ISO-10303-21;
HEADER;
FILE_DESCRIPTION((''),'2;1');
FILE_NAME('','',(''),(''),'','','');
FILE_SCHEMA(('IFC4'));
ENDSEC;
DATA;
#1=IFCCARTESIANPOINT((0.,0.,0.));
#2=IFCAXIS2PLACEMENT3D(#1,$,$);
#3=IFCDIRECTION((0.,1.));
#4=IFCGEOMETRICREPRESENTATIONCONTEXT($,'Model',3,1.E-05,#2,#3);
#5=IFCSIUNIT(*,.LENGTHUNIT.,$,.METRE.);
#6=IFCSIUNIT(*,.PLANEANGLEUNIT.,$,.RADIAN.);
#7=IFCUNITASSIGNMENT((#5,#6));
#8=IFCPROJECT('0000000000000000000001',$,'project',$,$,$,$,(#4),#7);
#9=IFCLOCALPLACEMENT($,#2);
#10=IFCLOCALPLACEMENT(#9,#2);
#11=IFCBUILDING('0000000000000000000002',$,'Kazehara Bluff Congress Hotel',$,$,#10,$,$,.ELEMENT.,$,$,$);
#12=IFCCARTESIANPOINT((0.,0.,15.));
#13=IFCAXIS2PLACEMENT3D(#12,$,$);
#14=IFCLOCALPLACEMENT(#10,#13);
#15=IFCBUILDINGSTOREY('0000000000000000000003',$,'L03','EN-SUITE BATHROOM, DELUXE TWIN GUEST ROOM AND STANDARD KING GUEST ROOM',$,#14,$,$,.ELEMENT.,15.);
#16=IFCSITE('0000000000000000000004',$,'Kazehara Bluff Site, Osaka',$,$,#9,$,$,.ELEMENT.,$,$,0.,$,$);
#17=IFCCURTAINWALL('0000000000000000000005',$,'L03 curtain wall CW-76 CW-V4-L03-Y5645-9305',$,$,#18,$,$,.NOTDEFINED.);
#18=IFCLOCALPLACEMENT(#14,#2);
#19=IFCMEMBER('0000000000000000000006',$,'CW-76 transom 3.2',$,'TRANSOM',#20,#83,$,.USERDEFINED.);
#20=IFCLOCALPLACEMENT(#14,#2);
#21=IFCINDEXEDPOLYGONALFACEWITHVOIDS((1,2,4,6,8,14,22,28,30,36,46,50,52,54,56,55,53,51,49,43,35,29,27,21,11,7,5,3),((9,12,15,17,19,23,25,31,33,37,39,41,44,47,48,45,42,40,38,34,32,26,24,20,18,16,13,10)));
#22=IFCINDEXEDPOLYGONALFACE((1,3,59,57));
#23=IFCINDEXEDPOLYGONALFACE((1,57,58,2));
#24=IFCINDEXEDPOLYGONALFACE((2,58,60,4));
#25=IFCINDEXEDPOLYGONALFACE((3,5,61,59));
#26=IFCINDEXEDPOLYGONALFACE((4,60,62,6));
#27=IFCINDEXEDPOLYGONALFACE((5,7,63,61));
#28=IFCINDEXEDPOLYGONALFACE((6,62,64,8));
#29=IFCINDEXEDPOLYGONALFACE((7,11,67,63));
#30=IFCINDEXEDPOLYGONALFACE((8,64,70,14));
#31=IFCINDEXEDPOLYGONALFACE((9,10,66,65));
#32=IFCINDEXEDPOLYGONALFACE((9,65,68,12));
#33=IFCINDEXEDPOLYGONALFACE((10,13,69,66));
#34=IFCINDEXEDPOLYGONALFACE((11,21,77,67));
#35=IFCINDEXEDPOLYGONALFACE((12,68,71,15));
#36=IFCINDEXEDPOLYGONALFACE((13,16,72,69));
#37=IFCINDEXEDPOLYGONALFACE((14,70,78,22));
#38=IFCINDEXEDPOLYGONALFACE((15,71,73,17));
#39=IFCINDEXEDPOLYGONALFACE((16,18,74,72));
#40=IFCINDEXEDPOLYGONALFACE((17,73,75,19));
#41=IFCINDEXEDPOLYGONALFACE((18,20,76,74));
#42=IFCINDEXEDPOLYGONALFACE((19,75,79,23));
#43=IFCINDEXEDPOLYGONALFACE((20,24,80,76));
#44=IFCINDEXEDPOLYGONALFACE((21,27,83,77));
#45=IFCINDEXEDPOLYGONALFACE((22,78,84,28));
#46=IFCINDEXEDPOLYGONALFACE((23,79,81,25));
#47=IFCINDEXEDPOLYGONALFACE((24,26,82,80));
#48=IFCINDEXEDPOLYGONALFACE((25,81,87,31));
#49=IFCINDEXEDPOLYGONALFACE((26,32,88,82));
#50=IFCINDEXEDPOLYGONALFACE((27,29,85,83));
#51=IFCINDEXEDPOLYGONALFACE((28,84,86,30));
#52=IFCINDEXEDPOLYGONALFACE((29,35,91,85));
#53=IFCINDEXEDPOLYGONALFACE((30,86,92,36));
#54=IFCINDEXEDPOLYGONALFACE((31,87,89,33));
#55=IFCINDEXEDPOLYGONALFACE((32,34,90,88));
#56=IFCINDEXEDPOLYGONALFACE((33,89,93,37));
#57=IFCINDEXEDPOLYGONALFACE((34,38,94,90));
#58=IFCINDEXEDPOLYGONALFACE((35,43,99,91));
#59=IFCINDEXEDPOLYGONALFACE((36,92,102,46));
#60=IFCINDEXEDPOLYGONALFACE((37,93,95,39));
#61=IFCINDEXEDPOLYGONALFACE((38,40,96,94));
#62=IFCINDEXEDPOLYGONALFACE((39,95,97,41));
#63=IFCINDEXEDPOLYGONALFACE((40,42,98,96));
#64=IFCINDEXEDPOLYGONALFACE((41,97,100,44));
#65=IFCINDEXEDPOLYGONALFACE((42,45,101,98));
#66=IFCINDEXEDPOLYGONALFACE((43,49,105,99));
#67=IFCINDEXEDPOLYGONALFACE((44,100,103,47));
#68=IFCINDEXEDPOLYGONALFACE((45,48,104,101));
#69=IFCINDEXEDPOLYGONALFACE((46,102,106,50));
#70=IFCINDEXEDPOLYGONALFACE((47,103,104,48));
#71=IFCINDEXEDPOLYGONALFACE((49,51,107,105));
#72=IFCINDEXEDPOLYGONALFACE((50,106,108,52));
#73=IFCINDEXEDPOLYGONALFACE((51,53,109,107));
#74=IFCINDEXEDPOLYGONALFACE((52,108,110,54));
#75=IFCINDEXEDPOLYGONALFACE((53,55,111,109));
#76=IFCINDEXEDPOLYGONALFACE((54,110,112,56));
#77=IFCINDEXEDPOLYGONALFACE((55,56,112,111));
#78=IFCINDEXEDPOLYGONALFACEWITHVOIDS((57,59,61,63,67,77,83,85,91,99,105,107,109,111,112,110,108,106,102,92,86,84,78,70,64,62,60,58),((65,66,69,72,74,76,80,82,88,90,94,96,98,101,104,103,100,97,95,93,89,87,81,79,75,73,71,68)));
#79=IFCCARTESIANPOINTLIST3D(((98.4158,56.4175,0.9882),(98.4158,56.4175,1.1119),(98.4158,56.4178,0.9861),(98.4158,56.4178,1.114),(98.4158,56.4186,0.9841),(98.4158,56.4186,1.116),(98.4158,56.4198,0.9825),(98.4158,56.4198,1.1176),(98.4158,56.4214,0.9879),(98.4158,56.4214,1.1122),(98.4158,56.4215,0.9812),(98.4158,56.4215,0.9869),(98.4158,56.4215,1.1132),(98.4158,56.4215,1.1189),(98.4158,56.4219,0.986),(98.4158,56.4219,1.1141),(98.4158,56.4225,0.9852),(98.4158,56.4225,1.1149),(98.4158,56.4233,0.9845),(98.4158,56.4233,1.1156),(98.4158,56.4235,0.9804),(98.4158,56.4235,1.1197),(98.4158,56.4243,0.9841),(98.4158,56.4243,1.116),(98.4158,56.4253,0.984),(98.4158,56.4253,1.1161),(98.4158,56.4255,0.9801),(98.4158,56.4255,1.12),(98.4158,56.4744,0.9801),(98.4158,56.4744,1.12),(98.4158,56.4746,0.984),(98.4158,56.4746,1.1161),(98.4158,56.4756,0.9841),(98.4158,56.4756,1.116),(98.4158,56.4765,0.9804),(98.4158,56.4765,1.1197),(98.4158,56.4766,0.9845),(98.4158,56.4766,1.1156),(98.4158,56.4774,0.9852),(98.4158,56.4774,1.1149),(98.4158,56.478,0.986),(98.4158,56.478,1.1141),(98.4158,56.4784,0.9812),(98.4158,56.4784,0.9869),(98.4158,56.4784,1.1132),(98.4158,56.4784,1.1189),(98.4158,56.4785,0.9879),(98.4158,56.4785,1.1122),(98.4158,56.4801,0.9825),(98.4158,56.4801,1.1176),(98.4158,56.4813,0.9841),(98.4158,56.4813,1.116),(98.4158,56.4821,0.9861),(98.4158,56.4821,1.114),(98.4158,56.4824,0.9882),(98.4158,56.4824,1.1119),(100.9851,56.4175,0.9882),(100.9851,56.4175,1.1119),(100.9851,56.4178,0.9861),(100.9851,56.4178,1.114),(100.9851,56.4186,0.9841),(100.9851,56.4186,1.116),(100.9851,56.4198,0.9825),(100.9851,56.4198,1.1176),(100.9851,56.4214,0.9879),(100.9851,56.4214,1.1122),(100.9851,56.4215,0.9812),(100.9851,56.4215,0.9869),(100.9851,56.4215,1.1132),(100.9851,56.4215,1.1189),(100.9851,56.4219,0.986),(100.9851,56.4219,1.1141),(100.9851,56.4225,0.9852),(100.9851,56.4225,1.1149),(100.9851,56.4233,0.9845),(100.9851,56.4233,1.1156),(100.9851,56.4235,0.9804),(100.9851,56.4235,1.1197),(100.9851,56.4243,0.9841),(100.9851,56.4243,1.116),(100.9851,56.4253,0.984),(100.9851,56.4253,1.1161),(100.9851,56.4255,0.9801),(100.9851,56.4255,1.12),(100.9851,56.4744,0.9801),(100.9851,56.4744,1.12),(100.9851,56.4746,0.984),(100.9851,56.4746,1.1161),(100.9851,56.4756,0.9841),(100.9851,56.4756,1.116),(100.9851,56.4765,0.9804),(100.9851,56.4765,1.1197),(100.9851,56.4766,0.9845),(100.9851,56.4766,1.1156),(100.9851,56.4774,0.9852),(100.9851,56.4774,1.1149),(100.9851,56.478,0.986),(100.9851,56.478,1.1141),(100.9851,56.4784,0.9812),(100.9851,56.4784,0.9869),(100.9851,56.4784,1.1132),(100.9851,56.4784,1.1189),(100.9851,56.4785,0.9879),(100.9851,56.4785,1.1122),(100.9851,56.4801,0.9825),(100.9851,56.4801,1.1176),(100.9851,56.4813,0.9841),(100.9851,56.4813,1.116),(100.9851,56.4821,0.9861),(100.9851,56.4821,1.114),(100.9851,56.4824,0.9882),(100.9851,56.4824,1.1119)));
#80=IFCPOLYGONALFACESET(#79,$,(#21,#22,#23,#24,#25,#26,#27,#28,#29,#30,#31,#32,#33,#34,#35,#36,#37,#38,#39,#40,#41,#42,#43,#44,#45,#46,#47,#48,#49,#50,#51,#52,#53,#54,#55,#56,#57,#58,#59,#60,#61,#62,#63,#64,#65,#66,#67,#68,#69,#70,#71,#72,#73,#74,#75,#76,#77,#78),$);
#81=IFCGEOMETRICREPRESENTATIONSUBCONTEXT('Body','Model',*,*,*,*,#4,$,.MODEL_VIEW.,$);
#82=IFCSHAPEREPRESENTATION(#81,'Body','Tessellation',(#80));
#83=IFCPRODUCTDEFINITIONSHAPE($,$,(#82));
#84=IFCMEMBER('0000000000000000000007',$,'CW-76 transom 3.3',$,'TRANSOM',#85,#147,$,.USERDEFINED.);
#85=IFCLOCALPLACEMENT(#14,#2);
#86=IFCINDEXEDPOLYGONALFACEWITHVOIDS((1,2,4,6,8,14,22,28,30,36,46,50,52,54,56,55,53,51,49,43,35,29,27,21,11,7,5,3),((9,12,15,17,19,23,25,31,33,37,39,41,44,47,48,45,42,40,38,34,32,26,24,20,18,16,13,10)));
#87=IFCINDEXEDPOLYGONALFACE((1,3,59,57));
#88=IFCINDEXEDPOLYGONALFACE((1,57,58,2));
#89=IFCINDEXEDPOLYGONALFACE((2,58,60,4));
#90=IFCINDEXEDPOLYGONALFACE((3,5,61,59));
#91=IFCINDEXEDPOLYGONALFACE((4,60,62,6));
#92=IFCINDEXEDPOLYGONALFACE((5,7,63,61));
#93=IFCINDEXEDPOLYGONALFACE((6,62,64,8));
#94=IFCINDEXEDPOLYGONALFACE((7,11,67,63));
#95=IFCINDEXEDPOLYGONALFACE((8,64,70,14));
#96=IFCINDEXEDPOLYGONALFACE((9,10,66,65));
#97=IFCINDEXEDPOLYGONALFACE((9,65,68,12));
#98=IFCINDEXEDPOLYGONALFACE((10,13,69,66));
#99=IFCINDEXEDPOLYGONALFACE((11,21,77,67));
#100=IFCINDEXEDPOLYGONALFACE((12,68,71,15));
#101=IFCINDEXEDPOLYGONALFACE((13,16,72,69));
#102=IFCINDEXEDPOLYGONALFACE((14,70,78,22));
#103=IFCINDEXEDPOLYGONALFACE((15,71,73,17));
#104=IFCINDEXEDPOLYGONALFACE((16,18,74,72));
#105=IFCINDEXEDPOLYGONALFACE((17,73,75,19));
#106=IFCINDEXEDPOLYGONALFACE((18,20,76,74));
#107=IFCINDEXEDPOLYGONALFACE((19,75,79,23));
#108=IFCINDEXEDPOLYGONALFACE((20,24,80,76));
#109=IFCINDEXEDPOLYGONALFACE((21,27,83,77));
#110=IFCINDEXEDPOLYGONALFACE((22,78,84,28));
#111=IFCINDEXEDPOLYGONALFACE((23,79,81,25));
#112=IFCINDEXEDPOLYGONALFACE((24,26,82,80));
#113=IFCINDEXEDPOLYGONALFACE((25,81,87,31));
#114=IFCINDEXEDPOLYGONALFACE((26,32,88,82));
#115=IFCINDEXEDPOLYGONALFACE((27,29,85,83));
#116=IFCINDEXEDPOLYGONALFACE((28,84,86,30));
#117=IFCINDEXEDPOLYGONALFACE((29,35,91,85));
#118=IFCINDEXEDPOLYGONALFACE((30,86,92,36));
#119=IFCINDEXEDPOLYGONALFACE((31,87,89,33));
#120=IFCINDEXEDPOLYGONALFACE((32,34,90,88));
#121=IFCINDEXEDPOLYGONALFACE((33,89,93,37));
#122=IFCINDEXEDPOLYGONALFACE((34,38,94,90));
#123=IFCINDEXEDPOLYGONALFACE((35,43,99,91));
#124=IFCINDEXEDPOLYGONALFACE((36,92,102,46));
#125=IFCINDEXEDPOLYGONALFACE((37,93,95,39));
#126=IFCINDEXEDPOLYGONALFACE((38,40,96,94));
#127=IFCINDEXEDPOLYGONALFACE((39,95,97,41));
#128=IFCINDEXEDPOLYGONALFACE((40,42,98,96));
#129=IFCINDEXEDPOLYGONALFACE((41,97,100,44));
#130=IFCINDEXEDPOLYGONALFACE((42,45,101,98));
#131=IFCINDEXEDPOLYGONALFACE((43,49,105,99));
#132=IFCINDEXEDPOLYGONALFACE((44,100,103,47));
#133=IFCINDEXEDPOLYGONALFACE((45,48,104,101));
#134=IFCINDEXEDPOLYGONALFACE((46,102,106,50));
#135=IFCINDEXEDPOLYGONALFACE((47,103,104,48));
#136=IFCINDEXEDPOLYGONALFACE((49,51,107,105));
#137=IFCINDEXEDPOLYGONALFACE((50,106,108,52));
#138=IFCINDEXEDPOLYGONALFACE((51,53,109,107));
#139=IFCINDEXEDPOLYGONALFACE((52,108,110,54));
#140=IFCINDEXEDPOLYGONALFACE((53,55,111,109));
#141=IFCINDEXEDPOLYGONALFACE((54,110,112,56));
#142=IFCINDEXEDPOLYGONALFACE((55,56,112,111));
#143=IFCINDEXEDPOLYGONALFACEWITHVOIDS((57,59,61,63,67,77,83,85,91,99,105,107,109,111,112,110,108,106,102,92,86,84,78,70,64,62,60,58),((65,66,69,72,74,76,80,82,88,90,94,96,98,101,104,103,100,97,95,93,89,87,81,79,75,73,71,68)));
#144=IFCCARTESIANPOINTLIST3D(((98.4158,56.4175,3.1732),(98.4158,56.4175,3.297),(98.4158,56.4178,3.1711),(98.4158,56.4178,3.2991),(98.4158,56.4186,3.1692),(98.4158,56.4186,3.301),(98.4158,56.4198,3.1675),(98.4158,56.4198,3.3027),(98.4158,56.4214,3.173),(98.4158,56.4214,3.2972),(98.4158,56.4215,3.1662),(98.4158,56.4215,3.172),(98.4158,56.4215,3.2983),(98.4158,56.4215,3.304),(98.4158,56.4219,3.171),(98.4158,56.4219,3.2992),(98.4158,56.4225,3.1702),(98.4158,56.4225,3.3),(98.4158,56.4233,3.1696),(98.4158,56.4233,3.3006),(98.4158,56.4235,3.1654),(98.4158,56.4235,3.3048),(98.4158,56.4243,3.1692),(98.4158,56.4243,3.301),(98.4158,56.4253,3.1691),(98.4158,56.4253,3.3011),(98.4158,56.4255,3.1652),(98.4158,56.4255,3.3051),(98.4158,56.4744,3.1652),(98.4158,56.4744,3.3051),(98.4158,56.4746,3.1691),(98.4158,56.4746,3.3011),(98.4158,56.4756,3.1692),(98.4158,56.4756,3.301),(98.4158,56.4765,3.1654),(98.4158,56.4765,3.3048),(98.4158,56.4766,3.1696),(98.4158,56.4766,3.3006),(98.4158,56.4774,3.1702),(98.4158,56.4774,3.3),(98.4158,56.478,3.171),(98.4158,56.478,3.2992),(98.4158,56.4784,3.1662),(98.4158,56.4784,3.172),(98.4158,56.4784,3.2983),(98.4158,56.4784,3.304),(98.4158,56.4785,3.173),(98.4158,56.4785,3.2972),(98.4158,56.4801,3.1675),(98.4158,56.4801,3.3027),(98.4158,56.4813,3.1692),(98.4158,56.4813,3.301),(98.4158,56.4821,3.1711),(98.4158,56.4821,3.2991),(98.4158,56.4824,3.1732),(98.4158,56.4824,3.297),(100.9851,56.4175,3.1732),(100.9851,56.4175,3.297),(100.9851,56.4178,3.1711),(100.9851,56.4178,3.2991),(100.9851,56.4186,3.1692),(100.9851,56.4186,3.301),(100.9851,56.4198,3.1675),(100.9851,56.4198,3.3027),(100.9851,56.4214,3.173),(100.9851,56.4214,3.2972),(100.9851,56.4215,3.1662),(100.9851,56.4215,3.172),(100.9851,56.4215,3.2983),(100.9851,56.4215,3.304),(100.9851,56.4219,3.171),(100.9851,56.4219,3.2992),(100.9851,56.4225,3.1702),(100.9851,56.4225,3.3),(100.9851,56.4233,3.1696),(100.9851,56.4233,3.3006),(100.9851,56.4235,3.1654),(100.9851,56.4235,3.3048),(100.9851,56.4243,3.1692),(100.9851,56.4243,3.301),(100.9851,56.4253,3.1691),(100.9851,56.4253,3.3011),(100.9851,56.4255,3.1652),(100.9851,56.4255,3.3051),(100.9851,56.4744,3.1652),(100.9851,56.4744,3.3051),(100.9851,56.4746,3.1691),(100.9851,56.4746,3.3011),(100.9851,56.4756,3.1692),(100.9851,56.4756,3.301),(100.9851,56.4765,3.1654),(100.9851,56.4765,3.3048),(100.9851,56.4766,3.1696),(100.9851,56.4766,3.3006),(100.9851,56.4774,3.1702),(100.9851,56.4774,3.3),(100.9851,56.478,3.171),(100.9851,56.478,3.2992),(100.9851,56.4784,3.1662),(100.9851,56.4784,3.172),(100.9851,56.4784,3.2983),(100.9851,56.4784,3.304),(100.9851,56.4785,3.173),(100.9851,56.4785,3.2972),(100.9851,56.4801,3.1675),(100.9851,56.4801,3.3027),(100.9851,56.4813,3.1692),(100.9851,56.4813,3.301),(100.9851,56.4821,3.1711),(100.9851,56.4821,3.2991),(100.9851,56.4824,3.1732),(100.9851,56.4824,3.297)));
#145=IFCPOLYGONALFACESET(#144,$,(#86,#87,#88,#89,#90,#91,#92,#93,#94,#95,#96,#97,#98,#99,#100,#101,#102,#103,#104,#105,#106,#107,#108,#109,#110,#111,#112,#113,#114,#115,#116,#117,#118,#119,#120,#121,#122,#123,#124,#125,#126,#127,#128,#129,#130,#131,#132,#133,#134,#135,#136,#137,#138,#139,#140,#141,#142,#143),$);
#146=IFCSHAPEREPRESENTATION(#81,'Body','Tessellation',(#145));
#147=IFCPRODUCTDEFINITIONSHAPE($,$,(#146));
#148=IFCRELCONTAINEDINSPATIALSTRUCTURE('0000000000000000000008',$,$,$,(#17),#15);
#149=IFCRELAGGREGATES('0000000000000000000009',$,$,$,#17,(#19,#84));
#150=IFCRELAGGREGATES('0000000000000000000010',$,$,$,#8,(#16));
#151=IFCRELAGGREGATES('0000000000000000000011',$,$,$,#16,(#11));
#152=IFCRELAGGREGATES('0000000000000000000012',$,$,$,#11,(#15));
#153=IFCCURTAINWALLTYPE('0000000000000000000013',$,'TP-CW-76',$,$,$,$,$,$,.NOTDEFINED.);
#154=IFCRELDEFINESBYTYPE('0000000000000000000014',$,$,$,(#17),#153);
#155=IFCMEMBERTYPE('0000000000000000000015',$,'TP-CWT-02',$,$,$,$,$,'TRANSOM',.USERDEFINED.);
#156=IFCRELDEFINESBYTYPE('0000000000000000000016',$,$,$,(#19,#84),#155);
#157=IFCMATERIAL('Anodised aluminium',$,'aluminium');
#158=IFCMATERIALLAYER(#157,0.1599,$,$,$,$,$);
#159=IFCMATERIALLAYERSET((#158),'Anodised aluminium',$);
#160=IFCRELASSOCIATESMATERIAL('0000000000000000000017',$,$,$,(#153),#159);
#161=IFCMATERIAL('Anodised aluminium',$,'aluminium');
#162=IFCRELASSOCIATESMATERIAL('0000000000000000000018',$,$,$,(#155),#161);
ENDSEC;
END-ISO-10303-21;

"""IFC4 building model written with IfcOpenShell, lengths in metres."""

from ifc_helpers import new_model, si_unit, direction, frame, origin, origin_2d, place, context, subcontext, project, spatial, hollow_rectangle, extrude, material, layer, layer_set, material_profile, profile_set, type_object, element, aggregate, save


model = new_model("IFC4")

# Units and contexts
model_context = context("Model", 3, precision=1e-05, world=origin(), true_north=direction((0.0, 1.0)))
body_context = subcontext(model_context, "Body", "Model", "MODEL_VIEW")
ifc_project = project(units=[si_unit("LENGTHUNIT", "METRE"), si_unit("PLANEANGLEUNIT", "RADIAN")], contexts=[model_context])

# Site, building, storey
site_placement = place(None, origin())
site = spatial("IfcSite", under=ifc_project, at=site_placement, Name="Kazehara Bluff Site, Osaka", CompositionType="ELEMENT", RefElevation=0.0)
building_placement = place(site_placement, origin())
building = spatial("IfcBuilding", under=site, at=building_placement, Name="Kazehara Bluff Congress Hotel", CompositionType="ELEMENT")
storey_placement = place(building_placement, frame((0.0, 0.0, 15.0)))
storey = spatial("IfcBuildingStorey", under=building, at=storey_placement, Name="L03", Description="EN-SUITE BATHROOM, DELUXE TWIN GUEST ROOM AND STANDARD KING GUEST ROOM", CompositionType="ELEMENT", Elevation=15.0)

# Curtain wall, members
ifc_material_1 = material(Name="Anodised aluminium", Category="aluminium")
ifc_layer_1 = layer(ifc_material_1, 0.1599)
ifc_layer_set_1 = layer_set([ifc_layer_1], Name="Anodised aluminium")
curtain_wall_type = type_object("IfcCurtainWallType", Name="TP-CW-76", PredefinedType="NOTDEFINED", material=ifc_layer_set_1)
curtain_wall_placement = place(storey_placement, origin())
curtain_wall = element("IfcCurtainWall", 1, at=curtain_wall_placement, inside=storey, type_object=curtain_wall_type, Name="L03 curtain wall CW-76 CW-V4-L03-Y5645-9305", PredefinedType="NOTDEFINED")
ifc_material_2 = material(Name="Anodised aluminium", Category="aluminium")
ifc_material_profile_1 = material_profile(ifc_material_2, hollow_rectangle(XDim=0.0649, YDim=0.1399, WallThickness=0.0039, InnerFilletRadius=0.0039, OuterFilletRadius=0.0081, at=origin_2d()))
ifc_profile_set_1 = profile_set([ifc_material_profile_1], Name="Anodised aluminium")
member_type_1 = type_object("IfcMemberType", Name="TP-CWT-02", ElementType="TRANSOM", PredefinedType="USERDEFINED", material=ifc_profile_set_1)
member_1_placement = place(storey_placement, frame((98.4158, 56.45, 1.05), z_axis=(1.0, 0.0, 0.0), x_axis=(0.0, 1.0, 0.0)))
member_1 = element("IfcMember", 2, at=member_1_placement, type_object=member_type_1, Name="CW-76 transom 3.2", ObjectType="TRANSOM", PredefinedType="USERDEFINED", context=body_context, shape_type="SweptSolid", body=[
    extrude(hollow_rectangle(XDim=0.0649, YDim=0.1399, WallThickness=0.0039, InnerFilletRadius=0.0039, OuterFilletRadius=0.0081, at=origin_2d()), origin(), (0.0, 0.0, 1.0), 2.5693),
])
member_2_placement = place(storey_placement, frame((98.4158, 56.45, 3.2351), z_axis=(1.0, 0.0, 0.0), x_axis=(0.0, 1.0, 0.0)))
member_2 = element("IfcMember", 3, at=member_2_placement, type_object=member_type_1, Name="CW-76 transom 3.3", ObjectType="TRANSOM", PredefinedType="USERDEFINED", context=body_context, shape_type="SweptSolid", body=[
    extrude(hollow_rectangle(XDim=0.0649, YDim=0.1399, WallThickness=0.0039, InnerFilletRadius=0.0039, OuterFilletRadius=0.0081, at=origin_2d()), origin(), (0.0, 0.0, 1.0), 2.5693),
])

aggregate(curtain_wall, [member_1, member_2])

save(model, "model.ifc")
